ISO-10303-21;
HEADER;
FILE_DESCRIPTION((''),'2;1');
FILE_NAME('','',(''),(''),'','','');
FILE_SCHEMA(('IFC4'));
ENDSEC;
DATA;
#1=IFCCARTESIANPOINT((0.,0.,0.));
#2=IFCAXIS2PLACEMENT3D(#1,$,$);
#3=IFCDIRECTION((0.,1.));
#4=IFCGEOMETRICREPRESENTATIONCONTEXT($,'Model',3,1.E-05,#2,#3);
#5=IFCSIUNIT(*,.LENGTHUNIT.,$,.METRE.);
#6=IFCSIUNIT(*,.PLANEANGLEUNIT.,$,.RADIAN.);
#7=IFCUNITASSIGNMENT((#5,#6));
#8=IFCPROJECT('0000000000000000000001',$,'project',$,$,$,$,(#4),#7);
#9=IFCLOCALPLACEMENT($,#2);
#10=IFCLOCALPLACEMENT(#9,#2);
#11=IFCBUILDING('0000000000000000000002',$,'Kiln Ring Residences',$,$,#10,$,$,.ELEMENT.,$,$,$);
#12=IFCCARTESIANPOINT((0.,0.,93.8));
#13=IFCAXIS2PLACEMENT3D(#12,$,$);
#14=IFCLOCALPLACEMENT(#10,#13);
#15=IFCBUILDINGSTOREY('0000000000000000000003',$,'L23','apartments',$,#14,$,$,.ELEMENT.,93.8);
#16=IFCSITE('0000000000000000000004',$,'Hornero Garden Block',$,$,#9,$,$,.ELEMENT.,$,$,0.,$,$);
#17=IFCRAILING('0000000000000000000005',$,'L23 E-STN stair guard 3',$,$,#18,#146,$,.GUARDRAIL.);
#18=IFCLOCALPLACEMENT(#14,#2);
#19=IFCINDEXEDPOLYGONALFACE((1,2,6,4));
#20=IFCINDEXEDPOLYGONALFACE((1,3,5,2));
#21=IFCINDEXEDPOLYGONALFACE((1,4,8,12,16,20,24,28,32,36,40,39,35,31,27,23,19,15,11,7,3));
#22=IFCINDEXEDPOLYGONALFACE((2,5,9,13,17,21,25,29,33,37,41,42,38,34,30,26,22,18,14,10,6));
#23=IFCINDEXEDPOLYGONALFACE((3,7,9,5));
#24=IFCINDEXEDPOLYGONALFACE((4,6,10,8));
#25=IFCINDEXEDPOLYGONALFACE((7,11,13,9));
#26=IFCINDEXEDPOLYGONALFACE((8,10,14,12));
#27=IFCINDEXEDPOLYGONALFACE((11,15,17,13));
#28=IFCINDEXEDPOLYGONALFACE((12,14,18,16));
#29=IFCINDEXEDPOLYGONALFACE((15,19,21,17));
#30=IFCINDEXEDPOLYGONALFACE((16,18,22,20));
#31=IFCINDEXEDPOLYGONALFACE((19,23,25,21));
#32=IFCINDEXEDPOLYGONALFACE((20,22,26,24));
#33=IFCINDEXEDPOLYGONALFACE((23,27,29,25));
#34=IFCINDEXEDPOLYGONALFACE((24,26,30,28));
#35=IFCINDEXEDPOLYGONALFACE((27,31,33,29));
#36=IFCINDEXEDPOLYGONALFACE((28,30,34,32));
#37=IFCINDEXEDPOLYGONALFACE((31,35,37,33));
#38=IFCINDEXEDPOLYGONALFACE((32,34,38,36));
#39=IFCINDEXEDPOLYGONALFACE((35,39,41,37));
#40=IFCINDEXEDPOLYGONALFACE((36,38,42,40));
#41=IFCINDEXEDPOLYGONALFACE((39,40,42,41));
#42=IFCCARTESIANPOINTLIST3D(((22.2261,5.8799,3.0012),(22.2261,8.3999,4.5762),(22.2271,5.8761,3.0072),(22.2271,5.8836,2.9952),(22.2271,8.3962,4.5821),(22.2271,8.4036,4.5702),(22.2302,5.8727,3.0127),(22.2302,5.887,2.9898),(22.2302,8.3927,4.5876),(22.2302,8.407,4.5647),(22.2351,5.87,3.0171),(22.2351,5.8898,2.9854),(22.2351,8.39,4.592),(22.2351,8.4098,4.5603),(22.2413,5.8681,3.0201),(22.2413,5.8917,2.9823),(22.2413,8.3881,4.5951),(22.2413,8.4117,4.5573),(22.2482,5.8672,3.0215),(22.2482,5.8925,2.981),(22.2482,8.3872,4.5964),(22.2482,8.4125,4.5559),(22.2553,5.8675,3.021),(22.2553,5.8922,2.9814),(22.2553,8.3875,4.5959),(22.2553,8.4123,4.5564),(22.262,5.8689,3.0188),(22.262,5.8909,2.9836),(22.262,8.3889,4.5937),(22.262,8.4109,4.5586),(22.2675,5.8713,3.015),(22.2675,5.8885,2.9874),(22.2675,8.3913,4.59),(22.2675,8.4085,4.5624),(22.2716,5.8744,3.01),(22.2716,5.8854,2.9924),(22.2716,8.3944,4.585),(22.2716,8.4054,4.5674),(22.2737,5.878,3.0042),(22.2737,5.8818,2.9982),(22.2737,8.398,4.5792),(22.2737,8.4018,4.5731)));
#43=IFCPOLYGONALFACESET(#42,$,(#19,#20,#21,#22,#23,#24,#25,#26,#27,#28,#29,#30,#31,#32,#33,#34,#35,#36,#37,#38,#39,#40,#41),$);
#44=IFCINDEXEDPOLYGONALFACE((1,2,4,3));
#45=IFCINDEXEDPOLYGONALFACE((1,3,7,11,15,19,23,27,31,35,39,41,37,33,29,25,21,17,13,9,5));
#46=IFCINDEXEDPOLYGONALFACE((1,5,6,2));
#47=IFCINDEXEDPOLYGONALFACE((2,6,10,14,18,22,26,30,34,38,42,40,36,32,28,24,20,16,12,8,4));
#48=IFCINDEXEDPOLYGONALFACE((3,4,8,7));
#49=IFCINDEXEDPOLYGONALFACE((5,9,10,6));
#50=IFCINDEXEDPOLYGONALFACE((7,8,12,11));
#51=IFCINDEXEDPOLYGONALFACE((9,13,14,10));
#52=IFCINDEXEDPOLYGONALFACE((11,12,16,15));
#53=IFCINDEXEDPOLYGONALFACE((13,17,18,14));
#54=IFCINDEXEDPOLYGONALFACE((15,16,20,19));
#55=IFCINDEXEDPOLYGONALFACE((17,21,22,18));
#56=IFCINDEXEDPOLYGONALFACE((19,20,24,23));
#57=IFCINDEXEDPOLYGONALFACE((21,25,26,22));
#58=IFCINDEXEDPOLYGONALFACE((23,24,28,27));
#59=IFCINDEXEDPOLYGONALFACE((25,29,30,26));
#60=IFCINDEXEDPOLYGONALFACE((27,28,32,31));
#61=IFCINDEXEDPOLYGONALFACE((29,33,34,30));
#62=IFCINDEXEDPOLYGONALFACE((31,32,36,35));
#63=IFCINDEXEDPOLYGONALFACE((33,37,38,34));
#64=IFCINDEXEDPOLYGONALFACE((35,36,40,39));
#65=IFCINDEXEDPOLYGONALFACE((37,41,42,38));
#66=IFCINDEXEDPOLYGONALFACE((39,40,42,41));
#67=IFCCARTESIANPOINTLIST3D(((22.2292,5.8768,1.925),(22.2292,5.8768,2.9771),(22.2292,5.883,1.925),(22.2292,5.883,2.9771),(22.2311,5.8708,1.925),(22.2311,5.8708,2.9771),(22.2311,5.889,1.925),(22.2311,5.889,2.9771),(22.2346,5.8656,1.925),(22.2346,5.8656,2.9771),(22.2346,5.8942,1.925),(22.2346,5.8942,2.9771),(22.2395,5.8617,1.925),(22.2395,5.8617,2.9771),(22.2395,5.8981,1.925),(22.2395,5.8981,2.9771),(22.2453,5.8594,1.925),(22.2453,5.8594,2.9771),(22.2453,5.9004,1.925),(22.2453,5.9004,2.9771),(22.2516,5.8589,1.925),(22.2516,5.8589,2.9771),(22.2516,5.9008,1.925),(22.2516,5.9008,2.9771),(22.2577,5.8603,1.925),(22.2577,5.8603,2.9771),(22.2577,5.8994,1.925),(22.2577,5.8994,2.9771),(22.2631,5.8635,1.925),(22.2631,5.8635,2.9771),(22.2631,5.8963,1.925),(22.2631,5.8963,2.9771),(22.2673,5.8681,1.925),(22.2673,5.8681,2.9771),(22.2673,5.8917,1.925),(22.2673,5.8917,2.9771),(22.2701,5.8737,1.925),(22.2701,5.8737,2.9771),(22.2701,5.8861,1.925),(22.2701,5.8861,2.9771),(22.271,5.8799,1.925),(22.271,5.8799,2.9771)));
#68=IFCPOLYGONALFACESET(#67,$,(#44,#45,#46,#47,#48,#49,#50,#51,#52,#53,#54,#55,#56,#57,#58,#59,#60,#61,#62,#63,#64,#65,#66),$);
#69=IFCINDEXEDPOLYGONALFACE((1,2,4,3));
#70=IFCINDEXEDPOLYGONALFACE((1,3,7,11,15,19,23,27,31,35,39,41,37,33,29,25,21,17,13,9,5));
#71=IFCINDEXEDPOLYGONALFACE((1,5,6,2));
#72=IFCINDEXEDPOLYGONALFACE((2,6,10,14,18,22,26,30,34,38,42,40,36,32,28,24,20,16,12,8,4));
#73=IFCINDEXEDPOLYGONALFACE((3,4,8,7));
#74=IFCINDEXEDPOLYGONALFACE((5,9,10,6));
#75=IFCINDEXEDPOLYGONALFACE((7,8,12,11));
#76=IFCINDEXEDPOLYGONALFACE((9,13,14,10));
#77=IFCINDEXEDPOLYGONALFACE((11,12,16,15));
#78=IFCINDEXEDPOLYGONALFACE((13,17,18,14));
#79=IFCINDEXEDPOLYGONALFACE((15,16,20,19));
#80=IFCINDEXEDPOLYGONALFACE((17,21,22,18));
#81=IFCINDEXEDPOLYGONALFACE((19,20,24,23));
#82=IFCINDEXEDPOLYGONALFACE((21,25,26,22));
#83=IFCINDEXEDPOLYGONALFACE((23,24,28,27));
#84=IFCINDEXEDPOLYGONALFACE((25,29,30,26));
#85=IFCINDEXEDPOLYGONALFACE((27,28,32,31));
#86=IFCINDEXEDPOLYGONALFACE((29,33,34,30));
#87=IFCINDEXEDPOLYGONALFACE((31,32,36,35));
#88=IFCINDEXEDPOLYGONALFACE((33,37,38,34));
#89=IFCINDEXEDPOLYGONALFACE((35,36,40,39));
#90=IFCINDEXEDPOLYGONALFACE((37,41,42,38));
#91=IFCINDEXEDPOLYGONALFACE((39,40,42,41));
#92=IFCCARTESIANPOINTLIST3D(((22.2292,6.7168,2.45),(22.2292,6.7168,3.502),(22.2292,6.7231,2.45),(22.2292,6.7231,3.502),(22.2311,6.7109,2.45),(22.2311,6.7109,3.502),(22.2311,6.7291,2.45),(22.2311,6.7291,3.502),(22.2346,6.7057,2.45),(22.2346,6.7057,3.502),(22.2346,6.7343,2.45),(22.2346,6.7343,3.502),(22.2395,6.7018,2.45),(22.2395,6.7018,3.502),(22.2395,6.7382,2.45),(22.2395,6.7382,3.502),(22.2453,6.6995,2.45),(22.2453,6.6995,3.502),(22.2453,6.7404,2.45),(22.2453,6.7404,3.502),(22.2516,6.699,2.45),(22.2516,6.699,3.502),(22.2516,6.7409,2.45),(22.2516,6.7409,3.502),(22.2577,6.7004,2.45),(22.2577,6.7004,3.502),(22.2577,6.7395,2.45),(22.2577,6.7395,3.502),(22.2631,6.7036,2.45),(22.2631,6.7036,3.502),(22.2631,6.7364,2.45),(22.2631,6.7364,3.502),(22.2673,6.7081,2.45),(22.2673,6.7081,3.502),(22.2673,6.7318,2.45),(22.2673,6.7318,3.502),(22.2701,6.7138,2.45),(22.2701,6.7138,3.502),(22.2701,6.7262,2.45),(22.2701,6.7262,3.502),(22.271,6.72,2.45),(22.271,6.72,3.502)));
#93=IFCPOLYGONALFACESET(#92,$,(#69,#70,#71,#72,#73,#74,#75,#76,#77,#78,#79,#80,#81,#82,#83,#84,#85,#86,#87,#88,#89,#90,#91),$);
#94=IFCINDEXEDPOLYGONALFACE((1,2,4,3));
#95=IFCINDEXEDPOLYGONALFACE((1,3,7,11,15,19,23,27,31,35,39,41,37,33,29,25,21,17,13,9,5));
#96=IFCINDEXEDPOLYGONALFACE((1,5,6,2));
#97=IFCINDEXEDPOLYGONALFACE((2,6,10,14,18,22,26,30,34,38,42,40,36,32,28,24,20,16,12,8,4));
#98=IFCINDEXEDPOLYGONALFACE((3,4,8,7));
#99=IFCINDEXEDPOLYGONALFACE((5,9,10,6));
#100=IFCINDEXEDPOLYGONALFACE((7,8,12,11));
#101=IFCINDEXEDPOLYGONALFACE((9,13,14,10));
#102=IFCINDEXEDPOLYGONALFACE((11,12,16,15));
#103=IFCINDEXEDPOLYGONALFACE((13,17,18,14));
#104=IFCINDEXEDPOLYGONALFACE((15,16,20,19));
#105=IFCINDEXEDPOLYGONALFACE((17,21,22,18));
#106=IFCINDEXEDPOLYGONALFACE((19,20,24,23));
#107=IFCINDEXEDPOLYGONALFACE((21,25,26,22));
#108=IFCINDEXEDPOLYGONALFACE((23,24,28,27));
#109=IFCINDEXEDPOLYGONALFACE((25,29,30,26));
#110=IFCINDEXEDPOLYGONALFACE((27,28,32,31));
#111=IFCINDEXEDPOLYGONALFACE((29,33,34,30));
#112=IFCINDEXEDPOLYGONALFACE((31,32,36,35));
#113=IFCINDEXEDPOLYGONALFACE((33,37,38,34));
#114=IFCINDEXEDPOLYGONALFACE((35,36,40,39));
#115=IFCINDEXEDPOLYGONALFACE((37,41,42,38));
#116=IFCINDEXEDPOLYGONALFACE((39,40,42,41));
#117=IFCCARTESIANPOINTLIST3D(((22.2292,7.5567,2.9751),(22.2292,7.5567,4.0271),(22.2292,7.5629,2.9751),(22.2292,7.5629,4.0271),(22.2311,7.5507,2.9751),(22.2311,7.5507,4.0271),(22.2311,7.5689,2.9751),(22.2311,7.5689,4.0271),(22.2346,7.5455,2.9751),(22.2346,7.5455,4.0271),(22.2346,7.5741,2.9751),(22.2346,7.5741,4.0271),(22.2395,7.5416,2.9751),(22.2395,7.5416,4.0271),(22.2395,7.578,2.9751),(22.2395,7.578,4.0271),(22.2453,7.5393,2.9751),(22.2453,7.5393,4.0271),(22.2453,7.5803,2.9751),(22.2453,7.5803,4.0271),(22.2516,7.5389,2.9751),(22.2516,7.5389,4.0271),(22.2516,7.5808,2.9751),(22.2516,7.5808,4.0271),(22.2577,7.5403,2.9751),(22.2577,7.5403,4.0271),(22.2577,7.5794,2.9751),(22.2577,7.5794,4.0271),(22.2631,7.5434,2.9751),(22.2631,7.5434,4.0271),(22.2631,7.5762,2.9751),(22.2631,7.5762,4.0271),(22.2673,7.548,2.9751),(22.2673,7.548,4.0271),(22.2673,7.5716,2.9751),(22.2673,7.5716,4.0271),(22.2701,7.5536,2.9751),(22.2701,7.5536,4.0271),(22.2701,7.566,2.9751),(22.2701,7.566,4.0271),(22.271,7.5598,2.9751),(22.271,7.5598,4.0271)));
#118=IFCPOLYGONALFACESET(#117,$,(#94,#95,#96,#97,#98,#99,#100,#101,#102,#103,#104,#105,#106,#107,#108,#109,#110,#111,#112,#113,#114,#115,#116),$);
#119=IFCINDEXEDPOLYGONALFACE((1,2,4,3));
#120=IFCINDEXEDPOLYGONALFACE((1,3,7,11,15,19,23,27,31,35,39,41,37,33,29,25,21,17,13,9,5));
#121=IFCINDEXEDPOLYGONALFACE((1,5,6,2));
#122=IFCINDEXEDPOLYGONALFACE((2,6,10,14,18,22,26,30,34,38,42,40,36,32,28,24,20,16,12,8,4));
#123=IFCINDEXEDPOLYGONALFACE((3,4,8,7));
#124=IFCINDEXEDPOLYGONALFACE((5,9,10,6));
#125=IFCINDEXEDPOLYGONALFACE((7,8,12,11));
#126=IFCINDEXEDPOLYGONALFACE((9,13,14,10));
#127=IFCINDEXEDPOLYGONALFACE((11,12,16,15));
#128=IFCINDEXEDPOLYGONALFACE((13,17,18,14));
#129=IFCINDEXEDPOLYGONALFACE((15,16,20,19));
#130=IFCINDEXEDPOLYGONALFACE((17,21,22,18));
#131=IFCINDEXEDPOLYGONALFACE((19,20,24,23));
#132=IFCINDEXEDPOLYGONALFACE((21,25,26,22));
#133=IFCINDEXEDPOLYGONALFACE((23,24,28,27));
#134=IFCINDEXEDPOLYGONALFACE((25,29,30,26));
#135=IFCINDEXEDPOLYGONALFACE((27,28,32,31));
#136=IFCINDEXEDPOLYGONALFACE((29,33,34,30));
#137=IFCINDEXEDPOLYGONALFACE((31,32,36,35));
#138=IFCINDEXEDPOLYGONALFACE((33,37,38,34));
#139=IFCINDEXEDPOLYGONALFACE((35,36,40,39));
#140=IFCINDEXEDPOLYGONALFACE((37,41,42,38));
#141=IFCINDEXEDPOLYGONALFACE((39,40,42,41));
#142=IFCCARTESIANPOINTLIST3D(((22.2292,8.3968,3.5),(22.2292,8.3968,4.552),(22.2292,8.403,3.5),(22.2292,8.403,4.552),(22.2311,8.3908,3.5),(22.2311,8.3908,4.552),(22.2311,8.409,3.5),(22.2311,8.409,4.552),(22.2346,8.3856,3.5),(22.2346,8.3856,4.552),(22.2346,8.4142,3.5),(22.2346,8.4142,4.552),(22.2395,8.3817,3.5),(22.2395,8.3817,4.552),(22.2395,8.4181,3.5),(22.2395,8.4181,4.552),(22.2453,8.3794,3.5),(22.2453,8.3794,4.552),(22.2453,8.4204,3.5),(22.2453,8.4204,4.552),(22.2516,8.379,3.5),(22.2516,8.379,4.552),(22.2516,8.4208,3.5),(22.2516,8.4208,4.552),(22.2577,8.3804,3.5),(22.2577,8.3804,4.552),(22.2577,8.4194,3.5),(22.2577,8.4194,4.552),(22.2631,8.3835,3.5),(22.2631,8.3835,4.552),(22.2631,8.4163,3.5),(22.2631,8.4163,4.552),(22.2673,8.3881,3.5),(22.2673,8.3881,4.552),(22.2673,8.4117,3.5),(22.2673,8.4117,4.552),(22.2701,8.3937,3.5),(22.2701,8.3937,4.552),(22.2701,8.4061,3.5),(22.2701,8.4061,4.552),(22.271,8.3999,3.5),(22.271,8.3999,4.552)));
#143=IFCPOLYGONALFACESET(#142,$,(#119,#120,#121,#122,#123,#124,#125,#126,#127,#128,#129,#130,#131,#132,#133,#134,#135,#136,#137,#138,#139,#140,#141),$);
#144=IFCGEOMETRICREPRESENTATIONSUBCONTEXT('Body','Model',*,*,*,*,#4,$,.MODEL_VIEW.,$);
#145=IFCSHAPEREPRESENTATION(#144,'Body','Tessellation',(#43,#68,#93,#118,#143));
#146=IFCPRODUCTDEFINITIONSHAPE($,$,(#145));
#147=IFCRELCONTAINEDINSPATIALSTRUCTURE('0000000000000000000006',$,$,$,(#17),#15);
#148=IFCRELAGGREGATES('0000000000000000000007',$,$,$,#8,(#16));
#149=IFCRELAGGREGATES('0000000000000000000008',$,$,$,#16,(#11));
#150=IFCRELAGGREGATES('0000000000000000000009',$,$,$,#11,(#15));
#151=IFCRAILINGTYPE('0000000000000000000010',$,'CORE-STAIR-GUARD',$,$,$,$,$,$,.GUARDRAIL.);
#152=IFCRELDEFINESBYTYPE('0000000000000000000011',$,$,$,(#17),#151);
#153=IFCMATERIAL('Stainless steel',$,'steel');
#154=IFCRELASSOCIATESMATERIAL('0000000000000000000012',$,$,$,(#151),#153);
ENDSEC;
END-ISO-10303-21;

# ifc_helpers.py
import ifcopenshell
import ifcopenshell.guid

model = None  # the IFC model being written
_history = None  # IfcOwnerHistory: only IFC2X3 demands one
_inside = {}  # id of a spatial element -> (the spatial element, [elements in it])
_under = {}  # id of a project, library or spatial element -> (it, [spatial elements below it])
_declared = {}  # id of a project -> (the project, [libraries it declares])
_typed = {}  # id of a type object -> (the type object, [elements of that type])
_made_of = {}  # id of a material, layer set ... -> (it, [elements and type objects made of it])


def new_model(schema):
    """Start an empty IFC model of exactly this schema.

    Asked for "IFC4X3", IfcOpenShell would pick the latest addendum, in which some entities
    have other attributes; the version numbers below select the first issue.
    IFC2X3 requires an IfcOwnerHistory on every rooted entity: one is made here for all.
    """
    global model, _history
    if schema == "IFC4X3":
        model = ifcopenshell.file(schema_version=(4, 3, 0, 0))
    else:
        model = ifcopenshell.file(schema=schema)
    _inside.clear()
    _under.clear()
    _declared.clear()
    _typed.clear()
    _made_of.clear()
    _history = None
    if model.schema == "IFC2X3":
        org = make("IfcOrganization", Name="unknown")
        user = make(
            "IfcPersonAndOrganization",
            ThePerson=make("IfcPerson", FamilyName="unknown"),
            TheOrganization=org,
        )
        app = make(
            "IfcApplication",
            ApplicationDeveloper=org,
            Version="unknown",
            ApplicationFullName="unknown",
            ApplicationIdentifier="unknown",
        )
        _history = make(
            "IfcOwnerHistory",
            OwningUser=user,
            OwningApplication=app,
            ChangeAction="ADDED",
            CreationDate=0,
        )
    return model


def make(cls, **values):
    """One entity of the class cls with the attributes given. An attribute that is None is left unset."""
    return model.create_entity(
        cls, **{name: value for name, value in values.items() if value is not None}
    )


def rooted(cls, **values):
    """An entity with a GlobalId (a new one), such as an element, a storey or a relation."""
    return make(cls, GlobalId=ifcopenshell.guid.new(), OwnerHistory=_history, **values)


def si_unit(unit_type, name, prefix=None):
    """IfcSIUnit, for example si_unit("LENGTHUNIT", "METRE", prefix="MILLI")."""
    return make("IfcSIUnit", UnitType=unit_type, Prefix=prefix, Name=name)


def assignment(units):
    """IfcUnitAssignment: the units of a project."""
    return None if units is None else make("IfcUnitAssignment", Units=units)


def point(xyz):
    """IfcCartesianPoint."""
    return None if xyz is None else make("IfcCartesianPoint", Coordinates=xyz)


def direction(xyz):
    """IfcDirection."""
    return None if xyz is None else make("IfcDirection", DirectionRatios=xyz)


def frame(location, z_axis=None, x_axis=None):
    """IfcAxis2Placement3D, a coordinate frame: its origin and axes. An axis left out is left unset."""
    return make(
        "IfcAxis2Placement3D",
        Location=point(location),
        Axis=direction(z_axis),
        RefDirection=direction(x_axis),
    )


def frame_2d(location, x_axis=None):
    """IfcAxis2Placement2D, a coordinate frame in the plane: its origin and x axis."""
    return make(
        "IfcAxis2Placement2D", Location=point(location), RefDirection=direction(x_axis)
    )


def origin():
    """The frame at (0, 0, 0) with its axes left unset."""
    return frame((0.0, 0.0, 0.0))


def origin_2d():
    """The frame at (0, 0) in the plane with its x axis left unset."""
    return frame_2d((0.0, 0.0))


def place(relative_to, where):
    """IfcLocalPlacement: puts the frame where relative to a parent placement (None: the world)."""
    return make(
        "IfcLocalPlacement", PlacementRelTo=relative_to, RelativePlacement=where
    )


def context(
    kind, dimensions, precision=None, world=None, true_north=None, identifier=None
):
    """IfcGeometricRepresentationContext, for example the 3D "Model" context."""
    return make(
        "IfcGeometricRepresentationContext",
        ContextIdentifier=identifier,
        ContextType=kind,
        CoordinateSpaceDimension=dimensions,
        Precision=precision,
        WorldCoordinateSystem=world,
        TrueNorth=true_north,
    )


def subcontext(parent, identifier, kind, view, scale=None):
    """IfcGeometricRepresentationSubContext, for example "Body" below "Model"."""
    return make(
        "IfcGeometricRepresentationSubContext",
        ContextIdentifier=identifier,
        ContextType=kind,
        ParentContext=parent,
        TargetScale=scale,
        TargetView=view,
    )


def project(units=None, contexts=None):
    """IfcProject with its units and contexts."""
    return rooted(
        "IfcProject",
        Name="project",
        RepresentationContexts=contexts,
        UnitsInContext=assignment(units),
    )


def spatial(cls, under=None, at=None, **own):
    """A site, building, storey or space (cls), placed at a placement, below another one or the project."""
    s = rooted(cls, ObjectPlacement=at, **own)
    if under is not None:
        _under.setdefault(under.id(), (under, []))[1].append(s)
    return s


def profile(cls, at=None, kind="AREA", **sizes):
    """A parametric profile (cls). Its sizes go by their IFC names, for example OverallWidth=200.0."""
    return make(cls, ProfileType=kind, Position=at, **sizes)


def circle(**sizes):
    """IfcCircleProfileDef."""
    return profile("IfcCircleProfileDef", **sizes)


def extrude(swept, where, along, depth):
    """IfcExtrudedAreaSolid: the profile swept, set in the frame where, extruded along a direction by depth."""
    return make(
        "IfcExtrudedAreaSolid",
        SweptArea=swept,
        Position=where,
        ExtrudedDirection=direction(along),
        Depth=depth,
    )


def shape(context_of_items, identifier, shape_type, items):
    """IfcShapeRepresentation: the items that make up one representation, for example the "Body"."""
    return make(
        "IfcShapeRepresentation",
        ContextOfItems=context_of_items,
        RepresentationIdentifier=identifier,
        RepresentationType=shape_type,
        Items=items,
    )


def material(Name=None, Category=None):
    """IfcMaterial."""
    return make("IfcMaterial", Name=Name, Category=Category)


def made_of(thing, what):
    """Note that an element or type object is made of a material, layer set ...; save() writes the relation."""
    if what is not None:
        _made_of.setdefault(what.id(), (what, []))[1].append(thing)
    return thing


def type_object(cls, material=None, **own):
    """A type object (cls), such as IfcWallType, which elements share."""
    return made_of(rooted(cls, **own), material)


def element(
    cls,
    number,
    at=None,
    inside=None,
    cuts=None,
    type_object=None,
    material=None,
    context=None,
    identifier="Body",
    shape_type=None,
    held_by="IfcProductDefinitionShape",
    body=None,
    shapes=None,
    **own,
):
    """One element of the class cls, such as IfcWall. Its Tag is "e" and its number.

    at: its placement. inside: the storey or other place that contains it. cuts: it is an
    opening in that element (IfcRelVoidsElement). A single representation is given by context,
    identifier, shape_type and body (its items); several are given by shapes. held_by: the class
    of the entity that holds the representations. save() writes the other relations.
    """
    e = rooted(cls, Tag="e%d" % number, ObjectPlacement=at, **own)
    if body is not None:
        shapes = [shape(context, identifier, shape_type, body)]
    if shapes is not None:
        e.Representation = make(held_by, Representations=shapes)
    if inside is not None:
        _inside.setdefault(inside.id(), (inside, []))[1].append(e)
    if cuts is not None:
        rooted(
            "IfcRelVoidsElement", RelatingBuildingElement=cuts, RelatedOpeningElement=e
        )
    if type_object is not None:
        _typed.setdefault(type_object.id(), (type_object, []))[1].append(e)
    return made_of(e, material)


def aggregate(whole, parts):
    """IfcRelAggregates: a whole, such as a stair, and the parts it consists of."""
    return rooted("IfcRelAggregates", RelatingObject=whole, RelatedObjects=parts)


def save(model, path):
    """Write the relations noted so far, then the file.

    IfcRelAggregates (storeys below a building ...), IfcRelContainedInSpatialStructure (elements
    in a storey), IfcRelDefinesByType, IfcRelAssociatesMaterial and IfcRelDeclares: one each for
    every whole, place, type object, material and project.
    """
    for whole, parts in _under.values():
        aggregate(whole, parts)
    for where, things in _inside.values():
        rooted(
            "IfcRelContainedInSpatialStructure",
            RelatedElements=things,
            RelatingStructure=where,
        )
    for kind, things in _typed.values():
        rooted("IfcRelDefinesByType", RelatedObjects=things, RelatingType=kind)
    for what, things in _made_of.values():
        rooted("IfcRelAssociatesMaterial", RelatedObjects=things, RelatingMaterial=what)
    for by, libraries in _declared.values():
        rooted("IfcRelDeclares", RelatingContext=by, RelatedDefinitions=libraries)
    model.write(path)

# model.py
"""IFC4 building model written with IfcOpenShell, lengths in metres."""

from ifc_helpers import new_model, si_unit, direction, frame, origin, origin_2d, place, context, subcontext, project, spatial, circle, extrude, material, type_object, element, save


model = new_model("IFC4")

# Units and contexts
model_context = context("Model", 3, precision=1e-05, world=origin(), true_north=direction((0.0, 1.0)))
body_context = subcontext(model_context, "Body", "Model", "MODEL_VIEW")
ifc_project = project(units=[si_unit("LENGTHUNIT", "METRE"), si_unit("PLANEANGLEUNIT", "RADIAN")], contexts=[model_context])

# Site, building, storey
site_placement = place(None, origin())
site = spatial("IfcSite", under=ifc_project, at=site_placement, Name="Hornero Garden Block", CompositionType="ELEMENT", RefElevation=0.0)
building_placement = place(site_placement, origin())
building = spatial("IfcBuilding", under=site, at=building_placement, Name="Kiln Ring Residences", CompositionType="ELEMENT")
storey_placement = place(building_placement, frame((0.0, 0.0, 93.8)))
storey = spatial("IfcBuildingStorey", under=building, at=storey_placement, Name="L23", Description="apartments", CompositionType="ELEMENT", Elevation=93.8)

# Railing
ifc_material_1 = material(Name="Stainless steel", Category="steel")
railing_type_1 = type_object("IfcRailingType", Name="CORE-STAIR-GUARD", PredefinedType="GUARDRAIL", material=ifc_material_1)
railing_1_placement = place(storey_placement, frame((22.25, 5.8799, 1.925)))
element("IfcRailing", 1, at=railing_1_placement, inside=storey, type_object=railing_type_1, Name="L23 E-STN stair guard 3", PredefinedType="GUARDRAIL", context=body_context, shape_type="SweptSolid", body=[
    extrude(circle(Radius=0.0239, at=origin_2d()), frame((0.0, 0.0, 1.0762), z_axis=(0.0, 0.848008, 0.529984), x_axis=(-1.0, 0.0, 0.0)), (0.0, 0.0, 1.0), 2.9717),
    extrude(circle(Radius=0.021, at=origin_2d()), origin(), (0.0, 0.0, 1.0), 1.052),
    extrude(circle(Radius=0.021, at=origin_2d()), frame((0.0, 0.8401, 0.5249)), (0.0, 0.0, 1.0), 1.052),
    extrude(circle(Radius=0.021, at=origin_2d()), frame((0.0, 1.6799, 1.05)), (0.0, 0.0, 1.0), 1.052),
    extrude(circle(Radius=0.021, at=origin_2d()), frame((0.0, 2.52, 1.575)), (0.0, 0.0, 1.0), 1.052),
])

save(model, "model.ifc")
